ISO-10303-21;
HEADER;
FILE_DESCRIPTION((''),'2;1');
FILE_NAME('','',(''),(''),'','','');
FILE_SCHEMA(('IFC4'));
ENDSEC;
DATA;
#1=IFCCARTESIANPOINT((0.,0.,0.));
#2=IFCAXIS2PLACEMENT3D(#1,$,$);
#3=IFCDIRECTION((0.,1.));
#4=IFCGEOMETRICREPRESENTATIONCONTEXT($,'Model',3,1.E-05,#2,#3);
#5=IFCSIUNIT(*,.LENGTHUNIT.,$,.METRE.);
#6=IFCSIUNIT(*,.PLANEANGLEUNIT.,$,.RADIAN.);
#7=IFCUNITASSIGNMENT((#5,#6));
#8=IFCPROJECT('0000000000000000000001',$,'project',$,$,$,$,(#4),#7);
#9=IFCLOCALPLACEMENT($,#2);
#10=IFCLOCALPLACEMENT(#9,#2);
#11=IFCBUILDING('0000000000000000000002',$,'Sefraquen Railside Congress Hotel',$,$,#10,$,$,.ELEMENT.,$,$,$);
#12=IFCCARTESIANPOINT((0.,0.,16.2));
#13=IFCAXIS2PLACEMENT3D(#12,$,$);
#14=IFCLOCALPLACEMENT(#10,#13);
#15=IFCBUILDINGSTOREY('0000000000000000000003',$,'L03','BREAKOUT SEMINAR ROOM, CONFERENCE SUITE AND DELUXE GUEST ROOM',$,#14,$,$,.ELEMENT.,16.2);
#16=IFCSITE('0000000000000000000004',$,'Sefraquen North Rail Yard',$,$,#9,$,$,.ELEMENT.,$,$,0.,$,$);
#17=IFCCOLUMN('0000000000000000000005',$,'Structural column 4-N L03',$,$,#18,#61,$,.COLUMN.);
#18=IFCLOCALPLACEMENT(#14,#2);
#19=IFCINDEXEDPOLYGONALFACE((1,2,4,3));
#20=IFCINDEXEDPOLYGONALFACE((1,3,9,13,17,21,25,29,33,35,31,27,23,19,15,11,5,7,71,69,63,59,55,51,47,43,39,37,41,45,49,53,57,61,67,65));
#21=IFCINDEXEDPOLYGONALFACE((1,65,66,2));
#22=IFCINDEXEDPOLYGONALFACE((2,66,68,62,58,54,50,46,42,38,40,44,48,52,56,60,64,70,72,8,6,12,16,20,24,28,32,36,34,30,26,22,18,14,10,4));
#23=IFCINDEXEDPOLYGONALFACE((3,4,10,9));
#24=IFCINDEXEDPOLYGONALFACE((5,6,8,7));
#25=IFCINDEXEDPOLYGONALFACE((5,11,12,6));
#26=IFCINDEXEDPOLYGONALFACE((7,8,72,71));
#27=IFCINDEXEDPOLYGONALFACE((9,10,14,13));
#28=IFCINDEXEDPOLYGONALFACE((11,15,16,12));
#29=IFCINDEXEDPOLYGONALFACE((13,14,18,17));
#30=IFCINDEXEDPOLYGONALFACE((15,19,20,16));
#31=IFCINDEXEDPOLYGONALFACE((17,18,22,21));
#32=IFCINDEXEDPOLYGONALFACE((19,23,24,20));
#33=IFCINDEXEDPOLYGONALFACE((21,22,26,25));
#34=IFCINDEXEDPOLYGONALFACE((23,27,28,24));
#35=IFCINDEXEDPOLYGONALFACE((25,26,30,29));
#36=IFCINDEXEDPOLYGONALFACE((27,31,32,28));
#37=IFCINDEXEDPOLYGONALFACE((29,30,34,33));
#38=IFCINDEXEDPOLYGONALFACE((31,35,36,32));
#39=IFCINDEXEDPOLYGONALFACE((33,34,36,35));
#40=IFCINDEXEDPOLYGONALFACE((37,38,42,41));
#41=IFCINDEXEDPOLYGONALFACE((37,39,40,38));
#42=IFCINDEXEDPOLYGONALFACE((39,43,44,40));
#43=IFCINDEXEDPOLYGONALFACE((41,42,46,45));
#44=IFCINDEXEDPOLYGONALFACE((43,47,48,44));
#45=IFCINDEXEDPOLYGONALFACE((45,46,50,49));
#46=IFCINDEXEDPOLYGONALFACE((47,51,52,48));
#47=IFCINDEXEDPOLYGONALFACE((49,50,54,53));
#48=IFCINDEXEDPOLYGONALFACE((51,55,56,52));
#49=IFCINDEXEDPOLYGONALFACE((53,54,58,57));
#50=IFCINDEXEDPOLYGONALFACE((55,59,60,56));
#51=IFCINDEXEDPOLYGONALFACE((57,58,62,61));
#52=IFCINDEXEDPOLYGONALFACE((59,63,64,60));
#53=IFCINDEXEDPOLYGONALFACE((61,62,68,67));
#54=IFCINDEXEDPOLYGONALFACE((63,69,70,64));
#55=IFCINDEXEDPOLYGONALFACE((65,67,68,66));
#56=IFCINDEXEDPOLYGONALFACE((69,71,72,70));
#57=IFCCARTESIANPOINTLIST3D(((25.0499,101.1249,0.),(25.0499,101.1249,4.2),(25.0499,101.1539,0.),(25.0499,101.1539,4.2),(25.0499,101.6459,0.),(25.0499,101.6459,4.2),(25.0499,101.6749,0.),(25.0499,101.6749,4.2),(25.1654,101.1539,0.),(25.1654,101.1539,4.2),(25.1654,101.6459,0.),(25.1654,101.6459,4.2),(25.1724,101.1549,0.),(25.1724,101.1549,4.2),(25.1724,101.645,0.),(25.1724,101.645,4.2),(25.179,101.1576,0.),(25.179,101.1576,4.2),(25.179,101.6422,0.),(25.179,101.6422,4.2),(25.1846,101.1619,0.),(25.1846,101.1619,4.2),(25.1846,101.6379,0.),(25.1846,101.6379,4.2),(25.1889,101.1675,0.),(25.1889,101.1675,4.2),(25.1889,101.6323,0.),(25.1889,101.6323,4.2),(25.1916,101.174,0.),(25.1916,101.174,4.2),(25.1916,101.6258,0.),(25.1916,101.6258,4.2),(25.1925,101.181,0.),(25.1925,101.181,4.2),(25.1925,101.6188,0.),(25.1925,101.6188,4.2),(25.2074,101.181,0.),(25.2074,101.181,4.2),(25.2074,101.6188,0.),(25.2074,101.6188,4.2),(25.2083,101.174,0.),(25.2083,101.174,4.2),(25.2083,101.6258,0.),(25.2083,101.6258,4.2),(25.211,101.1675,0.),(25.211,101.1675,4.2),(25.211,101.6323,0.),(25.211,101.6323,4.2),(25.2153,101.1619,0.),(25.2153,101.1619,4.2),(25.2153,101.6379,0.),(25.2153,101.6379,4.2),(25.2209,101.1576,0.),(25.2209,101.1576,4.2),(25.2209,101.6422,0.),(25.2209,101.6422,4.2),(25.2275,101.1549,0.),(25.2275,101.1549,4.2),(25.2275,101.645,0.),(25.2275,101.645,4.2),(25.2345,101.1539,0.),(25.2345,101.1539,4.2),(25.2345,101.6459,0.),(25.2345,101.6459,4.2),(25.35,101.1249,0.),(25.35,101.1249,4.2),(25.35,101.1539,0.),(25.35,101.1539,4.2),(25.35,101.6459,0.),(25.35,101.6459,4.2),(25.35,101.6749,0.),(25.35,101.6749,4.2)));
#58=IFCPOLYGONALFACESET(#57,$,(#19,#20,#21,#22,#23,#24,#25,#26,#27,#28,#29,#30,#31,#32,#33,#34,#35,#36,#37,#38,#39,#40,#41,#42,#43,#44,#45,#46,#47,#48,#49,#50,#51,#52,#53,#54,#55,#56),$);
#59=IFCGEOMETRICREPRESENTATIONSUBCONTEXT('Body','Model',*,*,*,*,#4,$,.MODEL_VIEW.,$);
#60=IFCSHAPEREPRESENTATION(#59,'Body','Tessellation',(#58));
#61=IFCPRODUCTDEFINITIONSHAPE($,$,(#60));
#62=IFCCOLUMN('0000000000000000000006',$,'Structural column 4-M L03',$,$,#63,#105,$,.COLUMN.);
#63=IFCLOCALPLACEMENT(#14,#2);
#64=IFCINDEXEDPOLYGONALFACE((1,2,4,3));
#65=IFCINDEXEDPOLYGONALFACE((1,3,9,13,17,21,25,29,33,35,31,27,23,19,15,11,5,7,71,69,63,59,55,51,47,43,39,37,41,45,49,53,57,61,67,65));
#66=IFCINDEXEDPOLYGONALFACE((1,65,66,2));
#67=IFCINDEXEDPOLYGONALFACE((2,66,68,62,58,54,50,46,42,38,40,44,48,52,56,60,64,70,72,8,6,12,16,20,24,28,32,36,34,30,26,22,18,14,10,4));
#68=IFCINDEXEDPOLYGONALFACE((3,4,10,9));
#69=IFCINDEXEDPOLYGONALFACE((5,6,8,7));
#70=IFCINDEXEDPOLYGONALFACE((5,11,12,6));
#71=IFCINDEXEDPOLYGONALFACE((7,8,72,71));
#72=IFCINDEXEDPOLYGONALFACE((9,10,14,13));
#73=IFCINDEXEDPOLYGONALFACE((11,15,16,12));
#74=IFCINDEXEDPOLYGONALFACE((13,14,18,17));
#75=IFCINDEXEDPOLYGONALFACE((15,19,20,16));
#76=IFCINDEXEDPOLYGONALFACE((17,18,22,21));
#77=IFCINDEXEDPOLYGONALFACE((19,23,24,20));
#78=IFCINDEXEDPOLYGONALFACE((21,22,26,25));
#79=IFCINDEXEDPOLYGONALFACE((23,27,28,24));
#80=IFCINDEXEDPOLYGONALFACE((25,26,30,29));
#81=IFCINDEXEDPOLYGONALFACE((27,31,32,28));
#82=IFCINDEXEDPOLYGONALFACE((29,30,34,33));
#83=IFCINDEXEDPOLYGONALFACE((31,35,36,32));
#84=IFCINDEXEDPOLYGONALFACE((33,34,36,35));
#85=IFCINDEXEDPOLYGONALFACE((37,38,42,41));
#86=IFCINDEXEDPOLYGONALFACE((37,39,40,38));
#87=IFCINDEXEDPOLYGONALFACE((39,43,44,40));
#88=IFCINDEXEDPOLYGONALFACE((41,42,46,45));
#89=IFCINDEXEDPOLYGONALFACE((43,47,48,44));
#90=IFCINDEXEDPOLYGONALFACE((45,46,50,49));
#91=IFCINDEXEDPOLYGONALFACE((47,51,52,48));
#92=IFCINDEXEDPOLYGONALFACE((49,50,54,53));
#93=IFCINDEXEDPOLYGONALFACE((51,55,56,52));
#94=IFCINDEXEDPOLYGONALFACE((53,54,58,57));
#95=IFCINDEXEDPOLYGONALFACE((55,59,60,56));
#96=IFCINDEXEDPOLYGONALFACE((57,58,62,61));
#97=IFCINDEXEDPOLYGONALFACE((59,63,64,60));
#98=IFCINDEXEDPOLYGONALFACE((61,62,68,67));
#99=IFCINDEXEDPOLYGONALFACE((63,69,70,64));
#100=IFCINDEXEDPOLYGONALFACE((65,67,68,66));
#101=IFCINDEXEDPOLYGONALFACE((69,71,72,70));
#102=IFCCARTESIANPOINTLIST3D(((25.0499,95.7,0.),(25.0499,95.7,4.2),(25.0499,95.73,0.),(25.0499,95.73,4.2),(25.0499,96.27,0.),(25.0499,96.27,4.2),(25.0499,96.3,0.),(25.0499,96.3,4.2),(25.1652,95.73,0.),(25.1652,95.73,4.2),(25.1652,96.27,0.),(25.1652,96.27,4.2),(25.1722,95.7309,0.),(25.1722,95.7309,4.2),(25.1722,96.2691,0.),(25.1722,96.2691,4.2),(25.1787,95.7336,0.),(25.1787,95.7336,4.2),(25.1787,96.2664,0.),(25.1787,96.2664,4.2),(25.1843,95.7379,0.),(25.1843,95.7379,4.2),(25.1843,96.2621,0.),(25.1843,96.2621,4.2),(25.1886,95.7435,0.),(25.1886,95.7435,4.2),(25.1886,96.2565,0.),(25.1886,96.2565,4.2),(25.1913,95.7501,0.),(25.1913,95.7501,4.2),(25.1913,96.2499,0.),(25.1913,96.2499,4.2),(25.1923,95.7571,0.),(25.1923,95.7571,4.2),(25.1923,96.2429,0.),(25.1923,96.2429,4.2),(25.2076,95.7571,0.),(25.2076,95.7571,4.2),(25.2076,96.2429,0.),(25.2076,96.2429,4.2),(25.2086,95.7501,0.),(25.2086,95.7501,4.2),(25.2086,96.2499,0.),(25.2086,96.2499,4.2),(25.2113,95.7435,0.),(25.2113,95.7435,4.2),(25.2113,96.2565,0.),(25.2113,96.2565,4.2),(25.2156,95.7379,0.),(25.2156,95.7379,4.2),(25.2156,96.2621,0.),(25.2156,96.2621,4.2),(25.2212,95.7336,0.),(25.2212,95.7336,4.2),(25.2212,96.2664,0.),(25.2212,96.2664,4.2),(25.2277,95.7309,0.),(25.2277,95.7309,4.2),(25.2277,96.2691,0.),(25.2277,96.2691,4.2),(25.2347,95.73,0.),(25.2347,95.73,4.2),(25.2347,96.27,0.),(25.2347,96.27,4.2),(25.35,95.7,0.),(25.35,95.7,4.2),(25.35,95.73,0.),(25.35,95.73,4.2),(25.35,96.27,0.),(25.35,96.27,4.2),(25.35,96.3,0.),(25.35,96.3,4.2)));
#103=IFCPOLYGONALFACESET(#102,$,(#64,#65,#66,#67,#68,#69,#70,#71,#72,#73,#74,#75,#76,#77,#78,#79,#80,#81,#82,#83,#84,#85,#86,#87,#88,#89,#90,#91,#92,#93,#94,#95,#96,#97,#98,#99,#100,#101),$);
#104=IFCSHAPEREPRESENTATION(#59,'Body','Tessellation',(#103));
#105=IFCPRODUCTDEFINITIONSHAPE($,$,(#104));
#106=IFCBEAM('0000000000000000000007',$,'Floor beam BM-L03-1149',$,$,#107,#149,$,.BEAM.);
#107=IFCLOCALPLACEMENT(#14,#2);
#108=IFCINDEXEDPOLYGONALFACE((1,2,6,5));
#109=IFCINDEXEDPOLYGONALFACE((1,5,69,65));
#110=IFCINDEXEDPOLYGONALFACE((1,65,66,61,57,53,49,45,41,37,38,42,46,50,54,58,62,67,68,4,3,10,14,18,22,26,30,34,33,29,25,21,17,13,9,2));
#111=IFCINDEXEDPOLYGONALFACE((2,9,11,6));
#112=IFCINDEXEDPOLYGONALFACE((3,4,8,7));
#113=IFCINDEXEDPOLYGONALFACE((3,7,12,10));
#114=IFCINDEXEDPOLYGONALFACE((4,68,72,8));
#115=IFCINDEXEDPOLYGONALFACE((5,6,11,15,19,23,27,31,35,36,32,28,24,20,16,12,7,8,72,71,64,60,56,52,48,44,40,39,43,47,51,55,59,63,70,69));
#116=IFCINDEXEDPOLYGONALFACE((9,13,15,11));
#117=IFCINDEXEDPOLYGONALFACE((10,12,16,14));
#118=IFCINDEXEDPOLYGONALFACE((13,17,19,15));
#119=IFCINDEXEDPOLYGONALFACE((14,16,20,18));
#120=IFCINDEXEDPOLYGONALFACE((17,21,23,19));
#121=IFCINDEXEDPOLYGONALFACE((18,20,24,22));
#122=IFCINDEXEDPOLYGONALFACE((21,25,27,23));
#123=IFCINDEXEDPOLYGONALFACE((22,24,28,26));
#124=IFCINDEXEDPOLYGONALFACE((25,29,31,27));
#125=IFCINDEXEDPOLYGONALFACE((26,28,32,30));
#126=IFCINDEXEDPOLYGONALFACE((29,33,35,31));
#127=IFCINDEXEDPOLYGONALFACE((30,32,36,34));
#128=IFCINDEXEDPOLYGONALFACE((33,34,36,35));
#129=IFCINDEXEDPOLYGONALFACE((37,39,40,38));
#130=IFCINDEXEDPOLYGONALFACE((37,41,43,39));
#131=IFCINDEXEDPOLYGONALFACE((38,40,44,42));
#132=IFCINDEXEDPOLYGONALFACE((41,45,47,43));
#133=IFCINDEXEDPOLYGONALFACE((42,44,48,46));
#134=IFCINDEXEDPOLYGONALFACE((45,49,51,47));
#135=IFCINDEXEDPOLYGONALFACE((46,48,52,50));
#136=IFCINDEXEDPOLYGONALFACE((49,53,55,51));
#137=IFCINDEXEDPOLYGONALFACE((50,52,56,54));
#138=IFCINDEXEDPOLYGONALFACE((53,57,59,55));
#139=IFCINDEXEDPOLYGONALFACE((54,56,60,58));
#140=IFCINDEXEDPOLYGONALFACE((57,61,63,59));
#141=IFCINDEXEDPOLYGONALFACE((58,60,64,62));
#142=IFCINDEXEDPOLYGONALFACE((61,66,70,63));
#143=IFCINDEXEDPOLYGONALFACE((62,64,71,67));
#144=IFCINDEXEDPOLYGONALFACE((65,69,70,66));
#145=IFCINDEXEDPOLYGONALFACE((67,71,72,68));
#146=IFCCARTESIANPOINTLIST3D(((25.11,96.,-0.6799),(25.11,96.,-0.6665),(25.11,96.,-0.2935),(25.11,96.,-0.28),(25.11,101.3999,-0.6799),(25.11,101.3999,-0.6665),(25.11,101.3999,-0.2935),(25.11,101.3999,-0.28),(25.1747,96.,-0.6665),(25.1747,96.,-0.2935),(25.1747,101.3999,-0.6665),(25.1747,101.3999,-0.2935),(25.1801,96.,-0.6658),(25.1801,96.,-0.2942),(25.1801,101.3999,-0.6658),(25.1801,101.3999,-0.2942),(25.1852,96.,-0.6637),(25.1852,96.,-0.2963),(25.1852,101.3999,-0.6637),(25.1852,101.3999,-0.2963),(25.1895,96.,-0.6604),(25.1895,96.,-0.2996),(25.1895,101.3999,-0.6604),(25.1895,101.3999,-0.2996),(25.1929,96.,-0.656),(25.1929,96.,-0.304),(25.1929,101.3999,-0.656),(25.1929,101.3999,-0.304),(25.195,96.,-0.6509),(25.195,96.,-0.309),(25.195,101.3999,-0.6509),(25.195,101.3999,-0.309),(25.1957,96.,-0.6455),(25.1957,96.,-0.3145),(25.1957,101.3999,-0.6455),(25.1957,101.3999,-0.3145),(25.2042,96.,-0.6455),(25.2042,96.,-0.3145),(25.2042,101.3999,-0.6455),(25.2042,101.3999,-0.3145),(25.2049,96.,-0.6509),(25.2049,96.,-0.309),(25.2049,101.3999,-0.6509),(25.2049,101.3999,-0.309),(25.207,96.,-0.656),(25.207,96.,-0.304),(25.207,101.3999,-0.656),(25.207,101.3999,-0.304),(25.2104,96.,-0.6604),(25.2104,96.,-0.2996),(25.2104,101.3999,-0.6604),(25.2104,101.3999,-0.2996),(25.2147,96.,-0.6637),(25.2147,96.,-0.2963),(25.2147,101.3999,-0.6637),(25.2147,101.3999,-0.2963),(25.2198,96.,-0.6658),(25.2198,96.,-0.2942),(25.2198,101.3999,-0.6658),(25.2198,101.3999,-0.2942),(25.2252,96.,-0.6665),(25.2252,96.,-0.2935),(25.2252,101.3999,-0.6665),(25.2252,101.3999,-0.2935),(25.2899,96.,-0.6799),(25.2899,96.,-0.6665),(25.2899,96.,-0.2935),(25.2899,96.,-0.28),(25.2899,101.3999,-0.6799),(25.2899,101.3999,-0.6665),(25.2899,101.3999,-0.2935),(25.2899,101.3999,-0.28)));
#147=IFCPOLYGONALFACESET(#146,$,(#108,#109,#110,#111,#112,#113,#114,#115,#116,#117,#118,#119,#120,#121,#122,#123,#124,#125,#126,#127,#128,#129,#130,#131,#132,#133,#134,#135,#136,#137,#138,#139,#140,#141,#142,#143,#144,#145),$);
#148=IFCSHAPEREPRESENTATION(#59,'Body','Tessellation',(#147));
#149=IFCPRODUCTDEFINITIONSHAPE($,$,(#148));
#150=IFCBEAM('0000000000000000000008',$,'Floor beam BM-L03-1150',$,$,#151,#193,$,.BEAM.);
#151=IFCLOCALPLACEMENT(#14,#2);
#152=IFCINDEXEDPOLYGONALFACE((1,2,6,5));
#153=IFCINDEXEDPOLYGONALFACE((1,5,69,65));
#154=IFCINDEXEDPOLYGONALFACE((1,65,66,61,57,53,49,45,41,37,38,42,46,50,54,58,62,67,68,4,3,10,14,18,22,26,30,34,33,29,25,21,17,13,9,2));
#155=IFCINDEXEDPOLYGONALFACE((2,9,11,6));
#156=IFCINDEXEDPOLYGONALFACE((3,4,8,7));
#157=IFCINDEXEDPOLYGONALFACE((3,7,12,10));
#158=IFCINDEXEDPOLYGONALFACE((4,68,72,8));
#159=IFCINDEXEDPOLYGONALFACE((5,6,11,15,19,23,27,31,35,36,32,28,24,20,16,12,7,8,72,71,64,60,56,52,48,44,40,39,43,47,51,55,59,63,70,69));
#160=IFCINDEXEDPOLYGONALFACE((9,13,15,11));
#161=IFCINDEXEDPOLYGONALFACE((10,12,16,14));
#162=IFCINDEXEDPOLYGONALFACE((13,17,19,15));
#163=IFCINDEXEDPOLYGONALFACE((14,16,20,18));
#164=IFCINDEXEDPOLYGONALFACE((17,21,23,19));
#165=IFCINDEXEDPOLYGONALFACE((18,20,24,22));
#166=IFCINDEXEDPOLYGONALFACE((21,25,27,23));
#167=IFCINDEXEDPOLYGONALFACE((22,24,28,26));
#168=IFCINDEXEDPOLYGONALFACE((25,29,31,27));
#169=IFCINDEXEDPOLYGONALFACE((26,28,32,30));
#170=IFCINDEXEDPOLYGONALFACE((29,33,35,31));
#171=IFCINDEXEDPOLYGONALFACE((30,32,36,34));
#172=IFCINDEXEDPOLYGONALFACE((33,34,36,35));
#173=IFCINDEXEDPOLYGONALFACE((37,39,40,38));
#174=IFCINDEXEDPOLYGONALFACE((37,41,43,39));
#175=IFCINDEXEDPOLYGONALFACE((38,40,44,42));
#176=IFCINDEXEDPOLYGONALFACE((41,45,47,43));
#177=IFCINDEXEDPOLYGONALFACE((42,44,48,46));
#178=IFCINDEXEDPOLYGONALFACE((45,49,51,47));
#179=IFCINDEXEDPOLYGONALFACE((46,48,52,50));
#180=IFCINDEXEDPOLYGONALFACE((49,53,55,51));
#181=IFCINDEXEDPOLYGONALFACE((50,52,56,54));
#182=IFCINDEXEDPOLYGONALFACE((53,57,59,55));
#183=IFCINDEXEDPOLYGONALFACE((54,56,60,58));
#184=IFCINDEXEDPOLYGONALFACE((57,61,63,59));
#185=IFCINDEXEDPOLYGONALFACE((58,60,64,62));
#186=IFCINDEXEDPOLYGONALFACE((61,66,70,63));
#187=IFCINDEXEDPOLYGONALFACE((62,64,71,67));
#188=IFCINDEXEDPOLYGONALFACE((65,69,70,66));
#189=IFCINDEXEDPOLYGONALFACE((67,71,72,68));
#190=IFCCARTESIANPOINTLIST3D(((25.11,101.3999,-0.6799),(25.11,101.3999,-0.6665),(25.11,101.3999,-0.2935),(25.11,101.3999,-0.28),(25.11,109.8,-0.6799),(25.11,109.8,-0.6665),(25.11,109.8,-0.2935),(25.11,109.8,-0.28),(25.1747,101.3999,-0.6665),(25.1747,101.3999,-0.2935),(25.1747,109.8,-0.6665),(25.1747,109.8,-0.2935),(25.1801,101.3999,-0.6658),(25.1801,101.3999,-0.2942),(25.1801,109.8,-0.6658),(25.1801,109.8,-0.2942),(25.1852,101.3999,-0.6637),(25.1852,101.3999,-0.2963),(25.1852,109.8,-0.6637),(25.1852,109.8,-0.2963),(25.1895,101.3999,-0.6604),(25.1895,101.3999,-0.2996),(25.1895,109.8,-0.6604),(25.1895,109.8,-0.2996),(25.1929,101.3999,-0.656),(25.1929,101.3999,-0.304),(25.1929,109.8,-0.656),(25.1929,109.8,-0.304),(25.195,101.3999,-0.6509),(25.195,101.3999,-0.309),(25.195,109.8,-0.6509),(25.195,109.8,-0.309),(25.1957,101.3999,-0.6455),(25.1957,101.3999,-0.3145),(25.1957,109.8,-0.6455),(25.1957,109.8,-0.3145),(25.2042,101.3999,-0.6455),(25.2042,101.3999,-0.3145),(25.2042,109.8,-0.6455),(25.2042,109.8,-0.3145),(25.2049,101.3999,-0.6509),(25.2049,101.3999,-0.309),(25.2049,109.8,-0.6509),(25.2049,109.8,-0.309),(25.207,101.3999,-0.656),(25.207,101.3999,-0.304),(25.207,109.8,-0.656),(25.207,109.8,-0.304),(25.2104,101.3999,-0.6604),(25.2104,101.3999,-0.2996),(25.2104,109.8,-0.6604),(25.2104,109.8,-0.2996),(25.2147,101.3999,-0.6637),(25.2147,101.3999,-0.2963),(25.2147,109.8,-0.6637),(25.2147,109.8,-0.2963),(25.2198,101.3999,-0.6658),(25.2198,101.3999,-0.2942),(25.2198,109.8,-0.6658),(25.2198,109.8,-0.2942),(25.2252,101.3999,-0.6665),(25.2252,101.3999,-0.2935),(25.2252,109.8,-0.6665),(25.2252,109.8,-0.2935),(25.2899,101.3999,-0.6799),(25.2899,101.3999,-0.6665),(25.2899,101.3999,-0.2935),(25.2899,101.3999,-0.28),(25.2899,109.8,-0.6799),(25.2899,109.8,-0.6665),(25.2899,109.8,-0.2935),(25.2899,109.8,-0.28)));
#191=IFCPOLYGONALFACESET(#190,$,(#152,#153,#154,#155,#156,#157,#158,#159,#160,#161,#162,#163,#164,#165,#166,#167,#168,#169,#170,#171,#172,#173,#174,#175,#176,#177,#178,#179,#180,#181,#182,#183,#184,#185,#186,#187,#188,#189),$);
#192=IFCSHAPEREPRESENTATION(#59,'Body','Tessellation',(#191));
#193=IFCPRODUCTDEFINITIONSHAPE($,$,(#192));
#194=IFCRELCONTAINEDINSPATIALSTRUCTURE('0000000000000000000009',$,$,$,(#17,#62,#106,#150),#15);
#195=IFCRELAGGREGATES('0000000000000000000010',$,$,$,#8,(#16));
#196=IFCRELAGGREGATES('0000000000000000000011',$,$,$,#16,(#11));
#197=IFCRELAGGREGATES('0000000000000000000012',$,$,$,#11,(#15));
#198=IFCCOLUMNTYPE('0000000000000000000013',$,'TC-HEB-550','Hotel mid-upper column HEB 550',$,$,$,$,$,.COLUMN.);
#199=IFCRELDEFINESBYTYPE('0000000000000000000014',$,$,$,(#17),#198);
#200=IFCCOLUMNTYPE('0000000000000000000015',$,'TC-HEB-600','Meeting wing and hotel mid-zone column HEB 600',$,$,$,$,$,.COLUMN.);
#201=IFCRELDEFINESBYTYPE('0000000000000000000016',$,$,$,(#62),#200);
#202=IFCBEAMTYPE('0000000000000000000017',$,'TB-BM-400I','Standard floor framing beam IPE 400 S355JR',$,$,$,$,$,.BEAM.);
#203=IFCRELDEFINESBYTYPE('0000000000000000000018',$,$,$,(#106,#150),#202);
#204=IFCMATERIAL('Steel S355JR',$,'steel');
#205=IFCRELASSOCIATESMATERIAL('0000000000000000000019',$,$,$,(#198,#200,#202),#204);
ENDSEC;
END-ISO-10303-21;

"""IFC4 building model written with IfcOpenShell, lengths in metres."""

from ifc_helpers import new_model, si_unit, direction, frame, origin, origin_2d, place, context, subcontext, project, spatial, i_section, extrude, material, material_profile, profile_set, type_object, element, save


model = new_model("IFC4")

# Units and contexts
model_context = context("Model", 3, precision=1e-05, world=origin(), true_north=direction((0.0, 1.0)))
body_context = subcontext(model_context, "Body", "Model", "MODEL_VIEW")
ifc_project = project(units=[si_unit("LENGTHUNIT", "METRE"), si_unit("PLANEANGLEUNIT", "RADIAN")], contexts=[model_context])

# Site, building, storey
site_placement = place(None, origin())
site = spatial("IfcSite", under=ifc_project, at=site_placement, Name="Sefraquen North Rail Yard", CompositionType="ELEMENT", RefElevation=0.0)
building_placement = place(site_placement, origin())
building = spatial("IfcBuilding", under=site, at=building_placement, Name="Sefraquen Railside Congress Hotel", CompositionType="ELEMENT")
storey_placement = place(building_placement, frame((0.0, 0.0, 16.2)))
storey = spatial("IfcBuildingStorey", under=building, at=storey_placement, Name="L03", Description="BREAKOUT SEMINAR ROOM, CONFERENCE SUITE AND DELUXE GUEST ROOM", CompositionType="ELEMENT", Elevation=16.2)

# Columns
ifc_material_1 = material(Name="Steel S355JR", Category="steel")
ifc_material_profile_1 = material_profile(ifc_material_1, i_section(OverallWidth=0.3, OverallDepth=0.55, WebThickness=0.0149, FlangeThickness=0.0291, FilletRadius=0.0271, at=origin_2d()), Name="HEB 550")
ifc_profile_set_1 = profile_set([ifc_material_profile_1], Name="Steel S355JR")
column_type_1 = type_object("IfcColumnType", Name="TC-HEB-550", Description="Hotel mid-upper column HEB 550", PredefinedType="COLUMN", material=ifc_profile_set_1)
column_1_placement = place(storey_placement, frame((25.2, 101.3999, 0.0), z_axis=(0.0, 0.0, 1.0), x_axis=(1.0, 0.0, 0.0)))
element("IfcColumn", 1, at=column_1_placement, inside=storey, type_object=column_type_1, Name="Structural column 4-N L03", PredefinedType="COLUMN", context=body_context, shape_type="SweptSolid", body=[
    extrude(i_section(OverallWidth=0.3, OverallDepth=0.55, WebThickness=0.0149, FlangeThickness=0.0291, FilletRadius=0.0271, at=origin_2d()), origin(), (0.0, 0.0, 1.0), 4.2),
])
ifc_material_profile_2 = material_profile(ifc_material_1, i_section(OverallWidth=0.3, OverallDepth=0.6001, WebThickness=0.0154, FlangeThickness=0.03, FilletRadius=0.0271, at=origin_2d()), Name="HEB 600")
ifc_profile_set_2 = profile_set([ifc_material_profile_2], Name="Steel S355JR")
column_type_2 = type_object("IfcColumnType", Name="TC-HEB-600", Description="Meeting wing and hotel mid-zone column HEB 600", PredefinedType="COLUMN", material=ifc_profile_set_2)
column_2_placement = place(storey_placement, frame((25.2, 96.0, 0.0), z_axis=(0.0, 0.0, 1.0), x_axis=(1.0, 0.0, 0.0)))
element("IfcColumn", 2, at=column_2_placement, inside=storey, type_object=column_type_2, Name="Structural column 4-M L03", PredefinedType="COLUMN", context=body_context, shape_type="SweptSolid", body=[
    extrude(i_section(OverallWidth=0.3, OverallDepth=0.6001, WebThickness=0.0154, FlangeThickness=0.03, FilletRadius=0.0271, at=origin_2d()), origin(), (0.0, 0.0, 1.0), 4.2),
])

# Beams
ifc_material_profile_3 = material_profile(ifc_material_1, i_section(OverallWidth=0.1799, OverallDepth=0.3999, WebThickness=0.0085, FlangeThickness=0.0134, FilletRadius=0.021, at=origin_2d()), Name="IPE 400")
ifc_profile_set_3 = profile_set([ifc_material_profile_3], Name="Steel S355JR")
beam_type_1 = type_object("IfcBeamType", Name="TB-BM-400I", Description="Standard floor framing beam IPE 400 S355JR", PredefinedType="BEAM", material=ifc_profile_set_3)
beam_1_placement = place(storey_placement, frame((25.2, 96.0, -0.48), z_axis=(0.0, 1.0, 0.0), x_axis=(-1.0, 0.0, 0.0)))
element("IfcBeam", 3, at=beam_1_placement, inside=storey, type_object=beam_type_1, Name="Floor beam BM-L03-1149", PredefinedType="BEAM", context=body_context, shape_type="SweptSolid", body=[
    extrude(i_section(OverallWidth=0.1799, OverallDepth=0.3999, WebThickness=0.0085, FlangeThickness=0.0134, FilletRadius=0.021, at=origin_2d()), origin(), (0.0, 0.0, 1.0), 5.3999),
])
beam_2_placement = place(storey_placement, frame((25.2, 101.3999, -0.48), z_axis=(0.0, 1.0, 0.0), x_axis=(-1.0, 0.0, 0.0)))
element("IfcBeam", 4, at=beam_2_placement, inside=storey, type_object=beam_type_1, Name="Floor beam BM-L03-1150", PredefinedType="BEAM", context=body_context, shape_type="SweptSolid", body=[
    extrude(i_section(OverallWidth=0.1799, OverallDepth=0.3999, WebThickness=0.0085, FlangeThickness=0.0134, FilletRadius=0.021, at=origin_2d()), origin(), (0.0, 0.0, 1.0), 8.4001),
])

save(model, "model.ifc")
